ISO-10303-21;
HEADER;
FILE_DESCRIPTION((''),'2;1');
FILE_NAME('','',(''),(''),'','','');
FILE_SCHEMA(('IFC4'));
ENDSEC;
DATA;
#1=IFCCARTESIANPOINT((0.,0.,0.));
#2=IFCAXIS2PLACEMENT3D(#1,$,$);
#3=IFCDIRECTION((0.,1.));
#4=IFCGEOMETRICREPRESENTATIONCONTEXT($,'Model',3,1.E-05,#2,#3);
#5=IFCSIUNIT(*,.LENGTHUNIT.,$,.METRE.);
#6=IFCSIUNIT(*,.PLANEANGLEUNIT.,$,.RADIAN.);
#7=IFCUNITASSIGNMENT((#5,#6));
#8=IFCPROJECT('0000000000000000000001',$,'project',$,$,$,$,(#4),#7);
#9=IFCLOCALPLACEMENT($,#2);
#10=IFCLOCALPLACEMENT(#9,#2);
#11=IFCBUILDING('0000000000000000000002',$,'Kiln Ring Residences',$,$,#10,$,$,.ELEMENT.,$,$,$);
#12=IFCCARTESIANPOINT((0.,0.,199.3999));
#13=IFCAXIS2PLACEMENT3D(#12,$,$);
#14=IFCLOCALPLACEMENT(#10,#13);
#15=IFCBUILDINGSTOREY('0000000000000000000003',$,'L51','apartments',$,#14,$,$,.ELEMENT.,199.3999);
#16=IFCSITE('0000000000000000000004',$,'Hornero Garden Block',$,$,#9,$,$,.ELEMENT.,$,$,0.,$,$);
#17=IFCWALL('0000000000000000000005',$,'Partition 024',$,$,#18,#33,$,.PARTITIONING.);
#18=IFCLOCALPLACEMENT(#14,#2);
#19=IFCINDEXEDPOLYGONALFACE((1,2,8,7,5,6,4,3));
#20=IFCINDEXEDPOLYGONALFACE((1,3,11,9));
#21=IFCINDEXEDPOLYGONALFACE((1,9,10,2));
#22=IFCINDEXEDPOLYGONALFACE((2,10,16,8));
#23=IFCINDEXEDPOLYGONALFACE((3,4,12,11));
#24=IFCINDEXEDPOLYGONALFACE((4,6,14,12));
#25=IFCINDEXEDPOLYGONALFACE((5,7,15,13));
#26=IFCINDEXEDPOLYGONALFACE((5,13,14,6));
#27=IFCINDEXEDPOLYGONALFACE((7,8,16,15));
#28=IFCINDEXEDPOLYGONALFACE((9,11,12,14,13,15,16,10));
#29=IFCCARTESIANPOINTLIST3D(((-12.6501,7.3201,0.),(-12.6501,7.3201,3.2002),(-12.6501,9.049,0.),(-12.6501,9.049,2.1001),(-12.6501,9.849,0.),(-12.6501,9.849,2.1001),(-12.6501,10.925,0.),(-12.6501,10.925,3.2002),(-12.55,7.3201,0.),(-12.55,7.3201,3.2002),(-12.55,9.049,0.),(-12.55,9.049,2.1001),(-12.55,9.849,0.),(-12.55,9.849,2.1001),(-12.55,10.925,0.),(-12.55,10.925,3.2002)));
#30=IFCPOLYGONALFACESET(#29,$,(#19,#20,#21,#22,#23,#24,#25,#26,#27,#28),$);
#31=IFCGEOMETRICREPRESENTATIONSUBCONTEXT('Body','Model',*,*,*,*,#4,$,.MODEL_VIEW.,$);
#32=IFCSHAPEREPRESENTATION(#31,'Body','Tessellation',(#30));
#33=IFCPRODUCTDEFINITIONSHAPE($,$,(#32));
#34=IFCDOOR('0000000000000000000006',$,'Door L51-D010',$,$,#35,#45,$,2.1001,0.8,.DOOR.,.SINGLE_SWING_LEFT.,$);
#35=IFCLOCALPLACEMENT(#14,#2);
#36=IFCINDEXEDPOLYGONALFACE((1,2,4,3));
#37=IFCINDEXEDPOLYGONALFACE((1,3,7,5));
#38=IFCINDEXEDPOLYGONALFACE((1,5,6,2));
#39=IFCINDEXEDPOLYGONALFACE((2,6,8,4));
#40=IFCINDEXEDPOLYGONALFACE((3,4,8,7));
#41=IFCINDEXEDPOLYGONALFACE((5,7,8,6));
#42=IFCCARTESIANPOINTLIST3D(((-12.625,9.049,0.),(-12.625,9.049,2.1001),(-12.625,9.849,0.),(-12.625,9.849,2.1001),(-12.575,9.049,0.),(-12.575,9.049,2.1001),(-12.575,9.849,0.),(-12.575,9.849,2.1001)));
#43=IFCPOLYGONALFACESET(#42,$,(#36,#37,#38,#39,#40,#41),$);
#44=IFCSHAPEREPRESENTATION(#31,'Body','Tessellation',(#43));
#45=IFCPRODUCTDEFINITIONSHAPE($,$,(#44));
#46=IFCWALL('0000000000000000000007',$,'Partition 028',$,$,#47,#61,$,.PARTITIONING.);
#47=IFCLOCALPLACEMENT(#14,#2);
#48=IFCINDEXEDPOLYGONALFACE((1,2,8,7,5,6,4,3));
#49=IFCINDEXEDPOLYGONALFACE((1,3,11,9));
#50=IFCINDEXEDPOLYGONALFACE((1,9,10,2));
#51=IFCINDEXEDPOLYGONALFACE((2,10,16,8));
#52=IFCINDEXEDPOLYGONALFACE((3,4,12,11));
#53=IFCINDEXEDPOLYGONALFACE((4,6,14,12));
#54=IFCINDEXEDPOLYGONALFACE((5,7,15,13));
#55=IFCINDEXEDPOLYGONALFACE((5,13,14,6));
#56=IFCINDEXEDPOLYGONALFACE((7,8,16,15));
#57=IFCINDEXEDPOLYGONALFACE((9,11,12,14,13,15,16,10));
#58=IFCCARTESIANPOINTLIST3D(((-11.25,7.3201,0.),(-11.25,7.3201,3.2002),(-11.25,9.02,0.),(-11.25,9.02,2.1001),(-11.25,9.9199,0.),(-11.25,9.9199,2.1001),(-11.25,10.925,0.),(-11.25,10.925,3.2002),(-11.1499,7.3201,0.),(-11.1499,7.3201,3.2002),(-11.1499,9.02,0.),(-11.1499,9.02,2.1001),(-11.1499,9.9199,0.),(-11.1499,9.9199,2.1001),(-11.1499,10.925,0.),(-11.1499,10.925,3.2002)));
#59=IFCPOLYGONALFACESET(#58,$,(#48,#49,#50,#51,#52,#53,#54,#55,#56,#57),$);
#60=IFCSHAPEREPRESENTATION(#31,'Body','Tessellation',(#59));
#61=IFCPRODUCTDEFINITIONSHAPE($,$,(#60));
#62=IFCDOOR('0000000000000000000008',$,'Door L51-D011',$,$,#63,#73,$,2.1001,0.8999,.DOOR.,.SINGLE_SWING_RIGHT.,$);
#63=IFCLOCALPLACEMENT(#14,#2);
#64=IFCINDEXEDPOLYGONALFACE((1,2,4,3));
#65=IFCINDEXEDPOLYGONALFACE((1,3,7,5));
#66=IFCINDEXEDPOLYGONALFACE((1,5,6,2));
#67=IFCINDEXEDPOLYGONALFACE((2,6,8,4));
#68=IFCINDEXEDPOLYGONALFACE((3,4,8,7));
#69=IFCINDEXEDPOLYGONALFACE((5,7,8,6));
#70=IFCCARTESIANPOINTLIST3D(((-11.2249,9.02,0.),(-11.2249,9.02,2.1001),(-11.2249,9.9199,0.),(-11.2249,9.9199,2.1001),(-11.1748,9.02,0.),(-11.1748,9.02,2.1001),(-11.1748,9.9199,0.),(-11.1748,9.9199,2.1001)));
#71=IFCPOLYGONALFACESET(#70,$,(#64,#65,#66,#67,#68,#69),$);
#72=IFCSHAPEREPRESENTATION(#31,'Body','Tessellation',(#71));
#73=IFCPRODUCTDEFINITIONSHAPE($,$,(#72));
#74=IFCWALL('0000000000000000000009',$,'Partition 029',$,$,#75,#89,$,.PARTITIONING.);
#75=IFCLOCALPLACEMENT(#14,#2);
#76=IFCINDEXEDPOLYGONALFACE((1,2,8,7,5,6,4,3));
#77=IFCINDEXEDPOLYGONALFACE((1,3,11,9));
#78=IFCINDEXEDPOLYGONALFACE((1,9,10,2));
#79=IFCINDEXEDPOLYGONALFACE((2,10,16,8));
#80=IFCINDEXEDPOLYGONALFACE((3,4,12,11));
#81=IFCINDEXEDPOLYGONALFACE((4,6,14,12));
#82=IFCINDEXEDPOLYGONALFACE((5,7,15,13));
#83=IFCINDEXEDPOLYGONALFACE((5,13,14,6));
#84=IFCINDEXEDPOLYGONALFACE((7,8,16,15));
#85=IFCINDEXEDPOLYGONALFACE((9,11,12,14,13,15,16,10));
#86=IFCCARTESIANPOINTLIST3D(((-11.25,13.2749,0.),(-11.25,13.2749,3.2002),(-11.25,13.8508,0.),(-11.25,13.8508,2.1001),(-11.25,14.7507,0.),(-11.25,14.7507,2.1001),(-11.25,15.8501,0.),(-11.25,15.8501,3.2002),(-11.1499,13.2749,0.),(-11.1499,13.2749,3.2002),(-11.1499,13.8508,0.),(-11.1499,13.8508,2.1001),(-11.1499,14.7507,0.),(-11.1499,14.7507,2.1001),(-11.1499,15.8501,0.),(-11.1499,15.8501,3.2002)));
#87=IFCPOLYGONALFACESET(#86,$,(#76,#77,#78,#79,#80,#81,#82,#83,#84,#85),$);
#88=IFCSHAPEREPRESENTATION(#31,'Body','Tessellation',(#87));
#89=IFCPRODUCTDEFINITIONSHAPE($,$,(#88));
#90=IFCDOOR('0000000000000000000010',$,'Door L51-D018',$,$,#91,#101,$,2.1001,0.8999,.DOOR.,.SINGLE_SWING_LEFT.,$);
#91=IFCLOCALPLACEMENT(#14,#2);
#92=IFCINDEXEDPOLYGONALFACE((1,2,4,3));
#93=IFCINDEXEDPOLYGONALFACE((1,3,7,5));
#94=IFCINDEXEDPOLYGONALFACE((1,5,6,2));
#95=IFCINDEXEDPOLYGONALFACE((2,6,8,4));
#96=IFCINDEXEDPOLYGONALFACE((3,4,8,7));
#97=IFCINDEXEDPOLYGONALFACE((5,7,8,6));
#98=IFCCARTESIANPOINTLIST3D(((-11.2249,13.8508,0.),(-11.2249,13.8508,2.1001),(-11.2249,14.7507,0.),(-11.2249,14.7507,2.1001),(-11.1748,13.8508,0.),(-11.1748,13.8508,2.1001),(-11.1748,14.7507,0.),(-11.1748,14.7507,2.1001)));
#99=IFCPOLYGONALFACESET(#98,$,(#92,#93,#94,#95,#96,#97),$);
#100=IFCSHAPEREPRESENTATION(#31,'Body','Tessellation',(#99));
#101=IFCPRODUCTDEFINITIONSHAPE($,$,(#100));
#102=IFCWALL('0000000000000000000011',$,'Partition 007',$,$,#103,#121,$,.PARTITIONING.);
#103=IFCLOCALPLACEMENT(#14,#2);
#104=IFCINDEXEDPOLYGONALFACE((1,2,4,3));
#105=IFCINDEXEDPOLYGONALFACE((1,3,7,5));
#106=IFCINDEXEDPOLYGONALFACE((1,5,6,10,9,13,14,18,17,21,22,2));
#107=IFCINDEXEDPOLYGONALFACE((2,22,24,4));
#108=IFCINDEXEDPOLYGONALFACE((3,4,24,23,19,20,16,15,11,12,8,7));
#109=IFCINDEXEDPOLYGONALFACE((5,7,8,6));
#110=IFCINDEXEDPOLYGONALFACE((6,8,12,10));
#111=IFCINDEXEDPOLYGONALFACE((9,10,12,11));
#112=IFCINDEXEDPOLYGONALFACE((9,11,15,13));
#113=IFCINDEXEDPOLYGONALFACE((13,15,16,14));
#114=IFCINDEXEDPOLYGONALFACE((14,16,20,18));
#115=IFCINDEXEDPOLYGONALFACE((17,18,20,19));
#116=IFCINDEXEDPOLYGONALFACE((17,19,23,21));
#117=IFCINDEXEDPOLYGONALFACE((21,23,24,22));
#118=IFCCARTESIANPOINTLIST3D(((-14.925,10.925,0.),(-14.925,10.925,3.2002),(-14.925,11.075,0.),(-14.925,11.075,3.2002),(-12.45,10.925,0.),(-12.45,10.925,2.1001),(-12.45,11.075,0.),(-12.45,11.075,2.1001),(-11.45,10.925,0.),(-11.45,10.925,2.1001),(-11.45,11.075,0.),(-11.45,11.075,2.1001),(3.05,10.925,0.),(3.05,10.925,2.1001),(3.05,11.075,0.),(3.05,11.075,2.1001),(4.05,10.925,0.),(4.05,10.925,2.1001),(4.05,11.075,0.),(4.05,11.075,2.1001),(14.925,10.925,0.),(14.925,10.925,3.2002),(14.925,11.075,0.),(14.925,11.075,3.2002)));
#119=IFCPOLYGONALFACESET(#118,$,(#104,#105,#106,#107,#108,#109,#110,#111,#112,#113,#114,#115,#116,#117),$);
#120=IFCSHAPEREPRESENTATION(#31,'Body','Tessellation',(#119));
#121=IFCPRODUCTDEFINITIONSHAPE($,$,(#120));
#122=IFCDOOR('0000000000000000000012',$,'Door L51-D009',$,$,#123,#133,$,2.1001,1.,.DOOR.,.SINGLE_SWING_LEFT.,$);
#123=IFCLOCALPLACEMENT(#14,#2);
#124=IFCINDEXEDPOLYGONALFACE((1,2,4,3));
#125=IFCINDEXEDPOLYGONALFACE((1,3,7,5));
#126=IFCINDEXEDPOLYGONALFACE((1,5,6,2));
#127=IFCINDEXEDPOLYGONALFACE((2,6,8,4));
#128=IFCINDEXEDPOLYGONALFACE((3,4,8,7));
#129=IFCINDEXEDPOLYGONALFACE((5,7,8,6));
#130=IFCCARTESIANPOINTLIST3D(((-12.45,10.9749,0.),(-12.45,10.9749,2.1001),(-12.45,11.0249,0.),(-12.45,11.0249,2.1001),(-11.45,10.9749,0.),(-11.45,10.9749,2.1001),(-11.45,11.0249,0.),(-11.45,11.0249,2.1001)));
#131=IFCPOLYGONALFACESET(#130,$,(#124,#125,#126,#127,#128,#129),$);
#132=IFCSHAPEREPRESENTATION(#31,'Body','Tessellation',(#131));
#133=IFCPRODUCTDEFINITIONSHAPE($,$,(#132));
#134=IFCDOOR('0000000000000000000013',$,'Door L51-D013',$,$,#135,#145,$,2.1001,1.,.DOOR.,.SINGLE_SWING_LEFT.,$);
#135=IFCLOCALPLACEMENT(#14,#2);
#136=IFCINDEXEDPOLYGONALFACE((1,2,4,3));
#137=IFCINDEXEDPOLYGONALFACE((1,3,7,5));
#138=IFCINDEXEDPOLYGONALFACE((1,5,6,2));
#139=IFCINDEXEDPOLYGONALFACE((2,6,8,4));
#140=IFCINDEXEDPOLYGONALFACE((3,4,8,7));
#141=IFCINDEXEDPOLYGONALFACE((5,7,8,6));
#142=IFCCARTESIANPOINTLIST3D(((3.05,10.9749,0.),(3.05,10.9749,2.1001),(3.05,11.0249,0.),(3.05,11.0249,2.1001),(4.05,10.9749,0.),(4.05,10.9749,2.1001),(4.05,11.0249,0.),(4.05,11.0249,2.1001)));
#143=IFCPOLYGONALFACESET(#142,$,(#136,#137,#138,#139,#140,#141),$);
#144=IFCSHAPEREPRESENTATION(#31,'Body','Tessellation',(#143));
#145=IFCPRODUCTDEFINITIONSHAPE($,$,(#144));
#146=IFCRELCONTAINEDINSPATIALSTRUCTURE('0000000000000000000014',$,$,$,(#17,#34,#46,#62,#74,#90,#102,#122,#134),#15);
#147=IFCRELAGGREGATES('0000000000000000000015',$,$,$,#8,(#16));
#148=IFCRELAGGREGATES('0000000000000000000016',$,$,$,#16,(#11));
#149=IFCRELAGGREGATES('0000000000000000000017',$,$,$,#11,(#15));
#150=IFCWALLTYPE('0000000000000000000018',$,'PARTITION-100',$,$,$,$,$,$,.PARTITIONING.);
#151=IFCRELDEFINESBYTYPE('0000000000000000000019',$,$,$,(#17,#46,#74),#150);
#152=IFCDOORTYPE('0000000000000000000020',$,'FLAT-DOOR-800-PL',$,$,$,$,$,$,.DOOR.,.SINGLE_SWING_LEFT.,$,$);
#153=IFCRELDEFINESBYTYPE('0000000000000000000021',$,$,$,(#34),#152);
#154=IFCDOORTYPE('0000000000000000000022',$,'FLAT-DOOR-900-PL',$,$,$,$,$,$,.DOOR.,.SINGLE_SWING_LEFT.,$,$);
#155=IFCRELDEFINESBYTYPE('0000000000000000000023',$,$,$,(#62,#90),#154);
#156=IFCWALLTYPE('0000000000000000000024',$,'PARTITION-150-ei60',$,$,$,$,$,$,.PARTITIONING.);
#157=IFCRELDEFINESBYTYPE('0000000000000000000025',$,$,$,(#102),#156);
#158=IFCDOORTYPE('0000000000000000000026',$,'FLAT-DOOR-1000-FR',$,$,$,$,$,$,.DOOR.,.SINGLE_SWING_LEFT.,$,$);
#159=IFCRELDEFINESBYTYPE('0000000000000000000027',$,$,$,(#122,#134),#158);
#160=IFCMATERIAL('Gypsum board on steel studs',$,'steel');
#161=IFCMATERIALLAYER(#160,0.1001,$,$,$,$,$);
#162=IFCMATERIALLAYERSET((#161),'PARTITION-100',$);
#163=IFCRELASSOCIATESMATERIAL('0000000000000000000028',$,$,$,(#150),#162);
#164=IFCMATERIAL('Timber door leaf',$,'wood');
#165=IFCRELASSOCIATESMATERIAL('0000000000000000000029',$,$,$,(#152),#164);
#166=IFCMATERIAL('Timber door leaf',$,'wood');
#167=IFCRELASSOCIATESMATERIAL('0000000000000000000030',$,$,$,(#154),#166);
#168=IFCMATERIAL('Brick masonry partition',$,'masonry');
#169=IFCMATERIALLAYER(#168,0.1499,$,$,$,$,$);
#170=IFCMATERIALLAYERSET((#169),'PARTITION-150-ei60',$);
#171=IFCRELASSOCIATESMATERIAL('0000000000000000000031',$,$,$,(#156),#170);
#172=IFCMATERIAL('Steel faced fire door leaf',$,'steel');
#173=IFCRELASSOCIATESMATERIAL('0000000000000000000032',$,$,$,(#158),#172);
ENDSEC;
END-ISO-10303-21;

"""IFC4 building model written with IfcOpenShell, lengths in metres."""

from ifc_helpers import new_model, si_unit, direction, frame, frame_2d, origin, place, context, subcontext, project, spatial, rectangle, extrude, material, layer, layer_set, type_object, element, fill, save


model = new_model("IFC4")

# Units and contexts
model_context = context("Model", 3, precision=1e-05, world=origin(), true_north=direction((0.0, 1.0)))
body_context = subcontext(model_context, "Body", "Model", "MODEL_VIEW")
ifc_project = project(units=[si_unit("LENGTHUNIT", "METRE"), si_unit("PLANEANGLEUNIT", "RADIAN")], contexts=[model_context])

# Site, building, storey
site_placement = place(None, origin())
site = spatial("IfcSite", under=ifc_project, at=site_placement, Name="Hornero Garden Block", CompositionType="ELEMENT", RefElevation=0.0)
building_placement = place(site_placement, origin())
building = spatial("IfcBuilding", under=site, at=building_placement, Name="Kiln Ring Residences", CompositionType="ELEMENT")
storey_placement = place(building_placement, frame((0.0, 0.0, 199.3999)))
storey = spatial("IfcBuildingStorey", under=building, at=storey_placement, Name="L51", Description="apartments", CompositionType="ELEMENT", Elevation=199.3999)

# Walls, openings, doors
ifc_material_1 = material(Name="Gypsum board on steel studs", Category="steel")
ifc_layer_1 = layer(ifc_material_1, 0.1001)
ifc_layer_set_1 = layer_set([ifc_layer_1], Name="PARTITION-100")
wall_type_1 = type_object("IfcWallType", Name="PARTITION-100", PredefinedType="PARTITIONING", material=ifc_layer_set_1)
wall_1_placement = place(storey_placement, frame((-12.6001, 7.3201, 0.0), z_axis=(0.0, 0.0, 1.0), x_axis=(0.0, 1.0, 0.0)))
wall_1 = element("IfcWall", 1, at=wall_1_placement, inside=storey, type_object=wall_type_1, Name="Partition 024", PredefinedType="PARTITIONING", context=body_context, shape_type="SweptSolid", body=[
    extrude(rectangle(XDim=3.605, YDim=0.1001, at=frame_2d((1.8025, 0.0))), origin(), (0.0, 0.0, 1.0), 3.2002),
])
opening_1_placement = place(wall_1_placement, frame((1.729, 0.0, 0.0)))
opening_1 = element("IfcOpeningElement", 2, at=opening_1_placement, cuts=wall_1, PredefinedType="OPENING", context=body_context, shape_type="SweptSolid", body=[
    extrude(rectangle(XDim=0.8, YDim=2.1001, at=frame_2d((0.3999, 1.05))), frame((0.0, 0.0601, 0.0), z_axis=(0.0, -1.0, 0.0), x_axis=(1.0, 0.0, 0.0)), (0.0, 0.0, 1.0), 0.1201),
])
ifc_material_2 = material(Name="Timber door leaf", Category="wood")
door_type_1 = type_object("IfcDoorType", Name="FLAT-DOOR-800-PL", OperationType="SINGLE_SWING_LEFT", PredefinedType="DOOR", material=ifc_material_2)
door_1_placement = place(opening_1_placement, origin())
door_1 = element("IfcDoor", 3, at=door_1_placement, inside=storey, type_object=door_type_1, Name="Door L51-D010", OperationType="SINGLE_SWING_LEFT", OverallHeight=2.1001, OverallWidth=0.8, PredefinedType="DOOR", context=body_context, shape_type="SweptSolid", body=[
    extrude(rectangle(XDim=0.8, YDim=2.1001, at=frame_2d((0.3999, 1.05))), frame((0.0, 0.0249, 0.0), z_axis=(0.0, -1.0, 0.0), x_axis=(1.0, 0.0, 0.0)), (0.0, 0.0, 1.0), 0.05),
])
fill(opening_1, door_1)
wall_2_placement = place(storey_placement, frame((-11.2, 7.3201, 0.0), z_axis=(0.0, 0.0, 1.0), x_axis=(0.0, 1.0, 0.0)))
wall_2 = element("IfcWall", 4, at=wall_2_placement, inside=storey, type_object=wall_type_1, Name="Partition 028", PredefinedType="PARTITIONING", context=body_context, shape_type="SweptSolid", body=[
    extrude(rectangle(XDim=3.605, YDim=0.1001, at=frame_2d((1.8025, 0.0))), origin(), (0.0, 0.0, 1.0), 3.2002),
])
opening_2_placement = place(wall_2_placement, frame((1.7, 0.0, 0.0)))
opening_2 = element("IfcOpeningElement", 5, at=opening_2_placement, cuts=wall_2, PredefinedType="OPENING", context=body_context, shape_type="SweptSolid", body=[
    extrude(rectangle(XDim=0.8999, YDim=2.1001, at=frame_2d((0.45, 1.05))), frame((0.0, 0.0601, 0.0), z_axis=(0.0, -1.0, 0.0), x_axis=(1.0, 0.0, 0.0)), (0.0, 0.0, 1.0), 0.1201),
])
ifc_material_3 = material(Name="Timber door leaf", Category="wood")
door_type_2 = type_object("IfcDoorType", Name="FLAT-DOOR-900-PL", OperationType="SINGLE_SWING_LEFT", PredefinedType="DOOR", material=ifc_material_3)
door_2_placement = place(opening_2_placement, origin())
door_2 = element("IfcDoor", 6, at=door_2_placement, inside=storey, type_object=door_type_2, Name="Door L51-D011", OperationType="SINGLE_SWING_RIGHT", OverallHeight=2.1001, OverallWidth=0.8999, PredefinedType="DOOR", context=body_context, shape_type="SweptSolid", body=[
    extrude(rectangle(XDim=0.8999, YDim=2.1001, at=frame_2d((0.45, 1.05))), frame((0.0, 0.0249, 0.0), z_axis=(0.0, -1.0, 0.0), x_axis=(1.0, 0.0, 0.0)), (0.0, 0.0, 1.0), 0.05),
])
fill(opening_2, door_2)
wall_3_placement = place(storey_placement, frame((-11.2, 13.2749, 0.0), z_axis=(0.0, 0.0, 1.0), x_axis=(0.0, 1.0, 0.0)))
wall_3 = element("IfcWall", 7, at=wall_3_placement, inside=storey, type_object=wall_type_1, Name="Partition 029", PredefinedType="PARTITIONING", context=body_context, shape_type="SweptSolid", body=[
    extrude(rectangle(XDim=2.5752, YDim=0.1001, at=frame_2d((1.2876, 0.0))), origin(), (0.0, 0.0, 1.0), 3.2002),
])
opening_3_placement = place(wall_3_placement, frame((0.5759, 0.0, 0.0)))
opening_3 = element("IfcOpeningElement", 8, at=opening_3_placement, cuts=wall_3, PredefinedType="OPENING", context=body_context, shape_type="SweptSolid", body=[
    extrude(rectangle(XDim=0.8999, YDim=2.1001, at=frame_2d((0.45, 1.05))), frame((0.0, 0.0601, 0.0), z_axis=(0.0, -1.0, 0.0), x_axis=(1.0, 0.0, 0.0)), (0.0, 0.0, 1.0), 0.1201),
])
door_3_placement = place(opening_3_placement, origin())
door_3 = element("IfcDoor", 9, at=door_3_placement, inside=storey, type_object=door_type_2, Name="Door L51-D018", OperationType="SINGLE_SWING_LEFT", OverallHeight=2.1001, OverallWidth=0.8999, PredefinedType="DOOR", context=body_context, shape_type="SweptSolid", body=[
    extrude(rectangle(XDim=0.8999, YDim=2.1001, at=frame_2d((0.45, 1.05))), frame((0.0, 0.0249, 0.0), z_axis=(0.0, -1.0, 0.0), x_axis=(1.0, 0.0, 0.0)), (0.0, 0.0, 1.0), 0.05),
])
fill(opening_3, door_3)

# Wall, openings, doors
ifc_material_4 = material(Name="Brick masonry partition", Category="masonry")
ifc_layer_2 = layer(ifc_material_4, 0.1499)
ifc_layer_set_2 = layer_set([ifc_layer_2], Name="PARTITION-150-ei60")
wall_type_2 = type_object("IfcWallType", Name="PARTITION-150-ei60", PredefinedType="PARTITIONING", material=ifc_layer_set_2)
wall_4_placement = place(storey_placement, frame((-14.925, 11.0, 0.0), z_axis=(0.0, 0.0, 1.0), x_axis=(1.0, 0.0, 0.0)))
wall_4 = element("IfcWall", 10, at=wall_4_placement, inside=storey, type_object=wall_type_2, Name="Partition 007", PredefinedType="PARTITIONING", context=body_context, shape_type="SweptSolid", body=[
    extrude(rectangle(XDim=29.8501, YDim=0.1499, at=frame_2d((14.925, 0.0))), origin(), (0.0, 0.0, 1.0), 3.2002),
])
opening_4_placement = place(wall_4_placement, frame((2.4751, 0.0, 0.0)))
opening_4 = element("IfcOpeningElement", 11, at=opening_4_placement, cuts=wall_4, PredefinedType="OPENING", context=body_context, shape_type="SweptSolid", body=[
    extrude(rectangle(XDim=1.0, YDim=2.1001, at=frame_2d((0.5, 1.05))), frame((0.0, 0.085, 0.0), z_axis=(0.0, -1.0, 0.0), x_axis=(1.0, 0.0, 0.0)), (0.0, 0.0, 1.0), 0.1699),
])
opening_5_placement = place(wall_4_placement, frame((17.9751, 0.0, 0.0)))
opening_5 = element("IfcOpeningElement", 12, at=opening_5_placement, cuts=wall_4, PredefinedType="OPENING", context=body_context, shape_type="SweptSolid", body=[
    extrude(rectangle(XDim=1.0, YDim=2.1001, at=frame_2d((0.5, 1.05))), frame((0.0, 0.085, 0.0), z_axis=(0.0, -1.0, 0.0), x_axis=(1.0, 0.0, 0.0)), (0.0, 0.0, 1.0), 0.1699),
])
ifc_material_5 = material(Name="Steel faced fire door leaf", Category="steel")
door_type_3 = type_object("IfcDoorType", Name="FLAT-DOOR-1000-FR", OperationType="SINGLE_SWING_LEFT", PredefinedType="DOOR", material=ifc_material_5)
door_4_placement = place(opening_4_placement, origin())
door_4 = element("IfcDoor", 13, at=door_4_placement, inside=storey, type_object=door_type_3, Name="Door L51-D009", OperationType="SINGLE_SWING_LEFT", OverallHeight=2.1001, OverallWidth=1.0, PredefinedType="DOOR", context=body_context, shape_type="SweptSolid", body=[
    extrude(rectangle(XDim=1.0, YDim=2.1001, at=frame_2d((0.5, 1.05))), frame((0.0, 0.0249, 0.0), z_axis=(0.0, -1.0, 0.0), x_axis=(1.0, 0.0, 0.0)), (0.0, 0.0, 1.0), 0.05),
])
fill(opening_4, door_4)
door_5_placement = place(opening_5_placement, origin())
door_5 = element("IfcDoor", 14, at=door_5_placement, inside=storey, type_object=door_type_3, Name="Door L51-D013", OperationType="SINGLE_SWING_LEFT", OverallHeight=2.1001, OverallWidth=1.0, PredefinedType="DOOR", context=body_context, shape_type="SweptSolid", body=[
    extrude(rectangle(XDim=1.0, YDim=2.1001, at=frame_2d((0.5, 1.05))), frame((0.0, 0.0249, 0.0), z_axis=(0.0, -1.0, 0.0), x_axis=(1.0, 0.0, 0.0)), (0.0, 0.0, 1.0), 0.05),
])
fill(opening_5, door_5)

save(model, "model.ifc")
